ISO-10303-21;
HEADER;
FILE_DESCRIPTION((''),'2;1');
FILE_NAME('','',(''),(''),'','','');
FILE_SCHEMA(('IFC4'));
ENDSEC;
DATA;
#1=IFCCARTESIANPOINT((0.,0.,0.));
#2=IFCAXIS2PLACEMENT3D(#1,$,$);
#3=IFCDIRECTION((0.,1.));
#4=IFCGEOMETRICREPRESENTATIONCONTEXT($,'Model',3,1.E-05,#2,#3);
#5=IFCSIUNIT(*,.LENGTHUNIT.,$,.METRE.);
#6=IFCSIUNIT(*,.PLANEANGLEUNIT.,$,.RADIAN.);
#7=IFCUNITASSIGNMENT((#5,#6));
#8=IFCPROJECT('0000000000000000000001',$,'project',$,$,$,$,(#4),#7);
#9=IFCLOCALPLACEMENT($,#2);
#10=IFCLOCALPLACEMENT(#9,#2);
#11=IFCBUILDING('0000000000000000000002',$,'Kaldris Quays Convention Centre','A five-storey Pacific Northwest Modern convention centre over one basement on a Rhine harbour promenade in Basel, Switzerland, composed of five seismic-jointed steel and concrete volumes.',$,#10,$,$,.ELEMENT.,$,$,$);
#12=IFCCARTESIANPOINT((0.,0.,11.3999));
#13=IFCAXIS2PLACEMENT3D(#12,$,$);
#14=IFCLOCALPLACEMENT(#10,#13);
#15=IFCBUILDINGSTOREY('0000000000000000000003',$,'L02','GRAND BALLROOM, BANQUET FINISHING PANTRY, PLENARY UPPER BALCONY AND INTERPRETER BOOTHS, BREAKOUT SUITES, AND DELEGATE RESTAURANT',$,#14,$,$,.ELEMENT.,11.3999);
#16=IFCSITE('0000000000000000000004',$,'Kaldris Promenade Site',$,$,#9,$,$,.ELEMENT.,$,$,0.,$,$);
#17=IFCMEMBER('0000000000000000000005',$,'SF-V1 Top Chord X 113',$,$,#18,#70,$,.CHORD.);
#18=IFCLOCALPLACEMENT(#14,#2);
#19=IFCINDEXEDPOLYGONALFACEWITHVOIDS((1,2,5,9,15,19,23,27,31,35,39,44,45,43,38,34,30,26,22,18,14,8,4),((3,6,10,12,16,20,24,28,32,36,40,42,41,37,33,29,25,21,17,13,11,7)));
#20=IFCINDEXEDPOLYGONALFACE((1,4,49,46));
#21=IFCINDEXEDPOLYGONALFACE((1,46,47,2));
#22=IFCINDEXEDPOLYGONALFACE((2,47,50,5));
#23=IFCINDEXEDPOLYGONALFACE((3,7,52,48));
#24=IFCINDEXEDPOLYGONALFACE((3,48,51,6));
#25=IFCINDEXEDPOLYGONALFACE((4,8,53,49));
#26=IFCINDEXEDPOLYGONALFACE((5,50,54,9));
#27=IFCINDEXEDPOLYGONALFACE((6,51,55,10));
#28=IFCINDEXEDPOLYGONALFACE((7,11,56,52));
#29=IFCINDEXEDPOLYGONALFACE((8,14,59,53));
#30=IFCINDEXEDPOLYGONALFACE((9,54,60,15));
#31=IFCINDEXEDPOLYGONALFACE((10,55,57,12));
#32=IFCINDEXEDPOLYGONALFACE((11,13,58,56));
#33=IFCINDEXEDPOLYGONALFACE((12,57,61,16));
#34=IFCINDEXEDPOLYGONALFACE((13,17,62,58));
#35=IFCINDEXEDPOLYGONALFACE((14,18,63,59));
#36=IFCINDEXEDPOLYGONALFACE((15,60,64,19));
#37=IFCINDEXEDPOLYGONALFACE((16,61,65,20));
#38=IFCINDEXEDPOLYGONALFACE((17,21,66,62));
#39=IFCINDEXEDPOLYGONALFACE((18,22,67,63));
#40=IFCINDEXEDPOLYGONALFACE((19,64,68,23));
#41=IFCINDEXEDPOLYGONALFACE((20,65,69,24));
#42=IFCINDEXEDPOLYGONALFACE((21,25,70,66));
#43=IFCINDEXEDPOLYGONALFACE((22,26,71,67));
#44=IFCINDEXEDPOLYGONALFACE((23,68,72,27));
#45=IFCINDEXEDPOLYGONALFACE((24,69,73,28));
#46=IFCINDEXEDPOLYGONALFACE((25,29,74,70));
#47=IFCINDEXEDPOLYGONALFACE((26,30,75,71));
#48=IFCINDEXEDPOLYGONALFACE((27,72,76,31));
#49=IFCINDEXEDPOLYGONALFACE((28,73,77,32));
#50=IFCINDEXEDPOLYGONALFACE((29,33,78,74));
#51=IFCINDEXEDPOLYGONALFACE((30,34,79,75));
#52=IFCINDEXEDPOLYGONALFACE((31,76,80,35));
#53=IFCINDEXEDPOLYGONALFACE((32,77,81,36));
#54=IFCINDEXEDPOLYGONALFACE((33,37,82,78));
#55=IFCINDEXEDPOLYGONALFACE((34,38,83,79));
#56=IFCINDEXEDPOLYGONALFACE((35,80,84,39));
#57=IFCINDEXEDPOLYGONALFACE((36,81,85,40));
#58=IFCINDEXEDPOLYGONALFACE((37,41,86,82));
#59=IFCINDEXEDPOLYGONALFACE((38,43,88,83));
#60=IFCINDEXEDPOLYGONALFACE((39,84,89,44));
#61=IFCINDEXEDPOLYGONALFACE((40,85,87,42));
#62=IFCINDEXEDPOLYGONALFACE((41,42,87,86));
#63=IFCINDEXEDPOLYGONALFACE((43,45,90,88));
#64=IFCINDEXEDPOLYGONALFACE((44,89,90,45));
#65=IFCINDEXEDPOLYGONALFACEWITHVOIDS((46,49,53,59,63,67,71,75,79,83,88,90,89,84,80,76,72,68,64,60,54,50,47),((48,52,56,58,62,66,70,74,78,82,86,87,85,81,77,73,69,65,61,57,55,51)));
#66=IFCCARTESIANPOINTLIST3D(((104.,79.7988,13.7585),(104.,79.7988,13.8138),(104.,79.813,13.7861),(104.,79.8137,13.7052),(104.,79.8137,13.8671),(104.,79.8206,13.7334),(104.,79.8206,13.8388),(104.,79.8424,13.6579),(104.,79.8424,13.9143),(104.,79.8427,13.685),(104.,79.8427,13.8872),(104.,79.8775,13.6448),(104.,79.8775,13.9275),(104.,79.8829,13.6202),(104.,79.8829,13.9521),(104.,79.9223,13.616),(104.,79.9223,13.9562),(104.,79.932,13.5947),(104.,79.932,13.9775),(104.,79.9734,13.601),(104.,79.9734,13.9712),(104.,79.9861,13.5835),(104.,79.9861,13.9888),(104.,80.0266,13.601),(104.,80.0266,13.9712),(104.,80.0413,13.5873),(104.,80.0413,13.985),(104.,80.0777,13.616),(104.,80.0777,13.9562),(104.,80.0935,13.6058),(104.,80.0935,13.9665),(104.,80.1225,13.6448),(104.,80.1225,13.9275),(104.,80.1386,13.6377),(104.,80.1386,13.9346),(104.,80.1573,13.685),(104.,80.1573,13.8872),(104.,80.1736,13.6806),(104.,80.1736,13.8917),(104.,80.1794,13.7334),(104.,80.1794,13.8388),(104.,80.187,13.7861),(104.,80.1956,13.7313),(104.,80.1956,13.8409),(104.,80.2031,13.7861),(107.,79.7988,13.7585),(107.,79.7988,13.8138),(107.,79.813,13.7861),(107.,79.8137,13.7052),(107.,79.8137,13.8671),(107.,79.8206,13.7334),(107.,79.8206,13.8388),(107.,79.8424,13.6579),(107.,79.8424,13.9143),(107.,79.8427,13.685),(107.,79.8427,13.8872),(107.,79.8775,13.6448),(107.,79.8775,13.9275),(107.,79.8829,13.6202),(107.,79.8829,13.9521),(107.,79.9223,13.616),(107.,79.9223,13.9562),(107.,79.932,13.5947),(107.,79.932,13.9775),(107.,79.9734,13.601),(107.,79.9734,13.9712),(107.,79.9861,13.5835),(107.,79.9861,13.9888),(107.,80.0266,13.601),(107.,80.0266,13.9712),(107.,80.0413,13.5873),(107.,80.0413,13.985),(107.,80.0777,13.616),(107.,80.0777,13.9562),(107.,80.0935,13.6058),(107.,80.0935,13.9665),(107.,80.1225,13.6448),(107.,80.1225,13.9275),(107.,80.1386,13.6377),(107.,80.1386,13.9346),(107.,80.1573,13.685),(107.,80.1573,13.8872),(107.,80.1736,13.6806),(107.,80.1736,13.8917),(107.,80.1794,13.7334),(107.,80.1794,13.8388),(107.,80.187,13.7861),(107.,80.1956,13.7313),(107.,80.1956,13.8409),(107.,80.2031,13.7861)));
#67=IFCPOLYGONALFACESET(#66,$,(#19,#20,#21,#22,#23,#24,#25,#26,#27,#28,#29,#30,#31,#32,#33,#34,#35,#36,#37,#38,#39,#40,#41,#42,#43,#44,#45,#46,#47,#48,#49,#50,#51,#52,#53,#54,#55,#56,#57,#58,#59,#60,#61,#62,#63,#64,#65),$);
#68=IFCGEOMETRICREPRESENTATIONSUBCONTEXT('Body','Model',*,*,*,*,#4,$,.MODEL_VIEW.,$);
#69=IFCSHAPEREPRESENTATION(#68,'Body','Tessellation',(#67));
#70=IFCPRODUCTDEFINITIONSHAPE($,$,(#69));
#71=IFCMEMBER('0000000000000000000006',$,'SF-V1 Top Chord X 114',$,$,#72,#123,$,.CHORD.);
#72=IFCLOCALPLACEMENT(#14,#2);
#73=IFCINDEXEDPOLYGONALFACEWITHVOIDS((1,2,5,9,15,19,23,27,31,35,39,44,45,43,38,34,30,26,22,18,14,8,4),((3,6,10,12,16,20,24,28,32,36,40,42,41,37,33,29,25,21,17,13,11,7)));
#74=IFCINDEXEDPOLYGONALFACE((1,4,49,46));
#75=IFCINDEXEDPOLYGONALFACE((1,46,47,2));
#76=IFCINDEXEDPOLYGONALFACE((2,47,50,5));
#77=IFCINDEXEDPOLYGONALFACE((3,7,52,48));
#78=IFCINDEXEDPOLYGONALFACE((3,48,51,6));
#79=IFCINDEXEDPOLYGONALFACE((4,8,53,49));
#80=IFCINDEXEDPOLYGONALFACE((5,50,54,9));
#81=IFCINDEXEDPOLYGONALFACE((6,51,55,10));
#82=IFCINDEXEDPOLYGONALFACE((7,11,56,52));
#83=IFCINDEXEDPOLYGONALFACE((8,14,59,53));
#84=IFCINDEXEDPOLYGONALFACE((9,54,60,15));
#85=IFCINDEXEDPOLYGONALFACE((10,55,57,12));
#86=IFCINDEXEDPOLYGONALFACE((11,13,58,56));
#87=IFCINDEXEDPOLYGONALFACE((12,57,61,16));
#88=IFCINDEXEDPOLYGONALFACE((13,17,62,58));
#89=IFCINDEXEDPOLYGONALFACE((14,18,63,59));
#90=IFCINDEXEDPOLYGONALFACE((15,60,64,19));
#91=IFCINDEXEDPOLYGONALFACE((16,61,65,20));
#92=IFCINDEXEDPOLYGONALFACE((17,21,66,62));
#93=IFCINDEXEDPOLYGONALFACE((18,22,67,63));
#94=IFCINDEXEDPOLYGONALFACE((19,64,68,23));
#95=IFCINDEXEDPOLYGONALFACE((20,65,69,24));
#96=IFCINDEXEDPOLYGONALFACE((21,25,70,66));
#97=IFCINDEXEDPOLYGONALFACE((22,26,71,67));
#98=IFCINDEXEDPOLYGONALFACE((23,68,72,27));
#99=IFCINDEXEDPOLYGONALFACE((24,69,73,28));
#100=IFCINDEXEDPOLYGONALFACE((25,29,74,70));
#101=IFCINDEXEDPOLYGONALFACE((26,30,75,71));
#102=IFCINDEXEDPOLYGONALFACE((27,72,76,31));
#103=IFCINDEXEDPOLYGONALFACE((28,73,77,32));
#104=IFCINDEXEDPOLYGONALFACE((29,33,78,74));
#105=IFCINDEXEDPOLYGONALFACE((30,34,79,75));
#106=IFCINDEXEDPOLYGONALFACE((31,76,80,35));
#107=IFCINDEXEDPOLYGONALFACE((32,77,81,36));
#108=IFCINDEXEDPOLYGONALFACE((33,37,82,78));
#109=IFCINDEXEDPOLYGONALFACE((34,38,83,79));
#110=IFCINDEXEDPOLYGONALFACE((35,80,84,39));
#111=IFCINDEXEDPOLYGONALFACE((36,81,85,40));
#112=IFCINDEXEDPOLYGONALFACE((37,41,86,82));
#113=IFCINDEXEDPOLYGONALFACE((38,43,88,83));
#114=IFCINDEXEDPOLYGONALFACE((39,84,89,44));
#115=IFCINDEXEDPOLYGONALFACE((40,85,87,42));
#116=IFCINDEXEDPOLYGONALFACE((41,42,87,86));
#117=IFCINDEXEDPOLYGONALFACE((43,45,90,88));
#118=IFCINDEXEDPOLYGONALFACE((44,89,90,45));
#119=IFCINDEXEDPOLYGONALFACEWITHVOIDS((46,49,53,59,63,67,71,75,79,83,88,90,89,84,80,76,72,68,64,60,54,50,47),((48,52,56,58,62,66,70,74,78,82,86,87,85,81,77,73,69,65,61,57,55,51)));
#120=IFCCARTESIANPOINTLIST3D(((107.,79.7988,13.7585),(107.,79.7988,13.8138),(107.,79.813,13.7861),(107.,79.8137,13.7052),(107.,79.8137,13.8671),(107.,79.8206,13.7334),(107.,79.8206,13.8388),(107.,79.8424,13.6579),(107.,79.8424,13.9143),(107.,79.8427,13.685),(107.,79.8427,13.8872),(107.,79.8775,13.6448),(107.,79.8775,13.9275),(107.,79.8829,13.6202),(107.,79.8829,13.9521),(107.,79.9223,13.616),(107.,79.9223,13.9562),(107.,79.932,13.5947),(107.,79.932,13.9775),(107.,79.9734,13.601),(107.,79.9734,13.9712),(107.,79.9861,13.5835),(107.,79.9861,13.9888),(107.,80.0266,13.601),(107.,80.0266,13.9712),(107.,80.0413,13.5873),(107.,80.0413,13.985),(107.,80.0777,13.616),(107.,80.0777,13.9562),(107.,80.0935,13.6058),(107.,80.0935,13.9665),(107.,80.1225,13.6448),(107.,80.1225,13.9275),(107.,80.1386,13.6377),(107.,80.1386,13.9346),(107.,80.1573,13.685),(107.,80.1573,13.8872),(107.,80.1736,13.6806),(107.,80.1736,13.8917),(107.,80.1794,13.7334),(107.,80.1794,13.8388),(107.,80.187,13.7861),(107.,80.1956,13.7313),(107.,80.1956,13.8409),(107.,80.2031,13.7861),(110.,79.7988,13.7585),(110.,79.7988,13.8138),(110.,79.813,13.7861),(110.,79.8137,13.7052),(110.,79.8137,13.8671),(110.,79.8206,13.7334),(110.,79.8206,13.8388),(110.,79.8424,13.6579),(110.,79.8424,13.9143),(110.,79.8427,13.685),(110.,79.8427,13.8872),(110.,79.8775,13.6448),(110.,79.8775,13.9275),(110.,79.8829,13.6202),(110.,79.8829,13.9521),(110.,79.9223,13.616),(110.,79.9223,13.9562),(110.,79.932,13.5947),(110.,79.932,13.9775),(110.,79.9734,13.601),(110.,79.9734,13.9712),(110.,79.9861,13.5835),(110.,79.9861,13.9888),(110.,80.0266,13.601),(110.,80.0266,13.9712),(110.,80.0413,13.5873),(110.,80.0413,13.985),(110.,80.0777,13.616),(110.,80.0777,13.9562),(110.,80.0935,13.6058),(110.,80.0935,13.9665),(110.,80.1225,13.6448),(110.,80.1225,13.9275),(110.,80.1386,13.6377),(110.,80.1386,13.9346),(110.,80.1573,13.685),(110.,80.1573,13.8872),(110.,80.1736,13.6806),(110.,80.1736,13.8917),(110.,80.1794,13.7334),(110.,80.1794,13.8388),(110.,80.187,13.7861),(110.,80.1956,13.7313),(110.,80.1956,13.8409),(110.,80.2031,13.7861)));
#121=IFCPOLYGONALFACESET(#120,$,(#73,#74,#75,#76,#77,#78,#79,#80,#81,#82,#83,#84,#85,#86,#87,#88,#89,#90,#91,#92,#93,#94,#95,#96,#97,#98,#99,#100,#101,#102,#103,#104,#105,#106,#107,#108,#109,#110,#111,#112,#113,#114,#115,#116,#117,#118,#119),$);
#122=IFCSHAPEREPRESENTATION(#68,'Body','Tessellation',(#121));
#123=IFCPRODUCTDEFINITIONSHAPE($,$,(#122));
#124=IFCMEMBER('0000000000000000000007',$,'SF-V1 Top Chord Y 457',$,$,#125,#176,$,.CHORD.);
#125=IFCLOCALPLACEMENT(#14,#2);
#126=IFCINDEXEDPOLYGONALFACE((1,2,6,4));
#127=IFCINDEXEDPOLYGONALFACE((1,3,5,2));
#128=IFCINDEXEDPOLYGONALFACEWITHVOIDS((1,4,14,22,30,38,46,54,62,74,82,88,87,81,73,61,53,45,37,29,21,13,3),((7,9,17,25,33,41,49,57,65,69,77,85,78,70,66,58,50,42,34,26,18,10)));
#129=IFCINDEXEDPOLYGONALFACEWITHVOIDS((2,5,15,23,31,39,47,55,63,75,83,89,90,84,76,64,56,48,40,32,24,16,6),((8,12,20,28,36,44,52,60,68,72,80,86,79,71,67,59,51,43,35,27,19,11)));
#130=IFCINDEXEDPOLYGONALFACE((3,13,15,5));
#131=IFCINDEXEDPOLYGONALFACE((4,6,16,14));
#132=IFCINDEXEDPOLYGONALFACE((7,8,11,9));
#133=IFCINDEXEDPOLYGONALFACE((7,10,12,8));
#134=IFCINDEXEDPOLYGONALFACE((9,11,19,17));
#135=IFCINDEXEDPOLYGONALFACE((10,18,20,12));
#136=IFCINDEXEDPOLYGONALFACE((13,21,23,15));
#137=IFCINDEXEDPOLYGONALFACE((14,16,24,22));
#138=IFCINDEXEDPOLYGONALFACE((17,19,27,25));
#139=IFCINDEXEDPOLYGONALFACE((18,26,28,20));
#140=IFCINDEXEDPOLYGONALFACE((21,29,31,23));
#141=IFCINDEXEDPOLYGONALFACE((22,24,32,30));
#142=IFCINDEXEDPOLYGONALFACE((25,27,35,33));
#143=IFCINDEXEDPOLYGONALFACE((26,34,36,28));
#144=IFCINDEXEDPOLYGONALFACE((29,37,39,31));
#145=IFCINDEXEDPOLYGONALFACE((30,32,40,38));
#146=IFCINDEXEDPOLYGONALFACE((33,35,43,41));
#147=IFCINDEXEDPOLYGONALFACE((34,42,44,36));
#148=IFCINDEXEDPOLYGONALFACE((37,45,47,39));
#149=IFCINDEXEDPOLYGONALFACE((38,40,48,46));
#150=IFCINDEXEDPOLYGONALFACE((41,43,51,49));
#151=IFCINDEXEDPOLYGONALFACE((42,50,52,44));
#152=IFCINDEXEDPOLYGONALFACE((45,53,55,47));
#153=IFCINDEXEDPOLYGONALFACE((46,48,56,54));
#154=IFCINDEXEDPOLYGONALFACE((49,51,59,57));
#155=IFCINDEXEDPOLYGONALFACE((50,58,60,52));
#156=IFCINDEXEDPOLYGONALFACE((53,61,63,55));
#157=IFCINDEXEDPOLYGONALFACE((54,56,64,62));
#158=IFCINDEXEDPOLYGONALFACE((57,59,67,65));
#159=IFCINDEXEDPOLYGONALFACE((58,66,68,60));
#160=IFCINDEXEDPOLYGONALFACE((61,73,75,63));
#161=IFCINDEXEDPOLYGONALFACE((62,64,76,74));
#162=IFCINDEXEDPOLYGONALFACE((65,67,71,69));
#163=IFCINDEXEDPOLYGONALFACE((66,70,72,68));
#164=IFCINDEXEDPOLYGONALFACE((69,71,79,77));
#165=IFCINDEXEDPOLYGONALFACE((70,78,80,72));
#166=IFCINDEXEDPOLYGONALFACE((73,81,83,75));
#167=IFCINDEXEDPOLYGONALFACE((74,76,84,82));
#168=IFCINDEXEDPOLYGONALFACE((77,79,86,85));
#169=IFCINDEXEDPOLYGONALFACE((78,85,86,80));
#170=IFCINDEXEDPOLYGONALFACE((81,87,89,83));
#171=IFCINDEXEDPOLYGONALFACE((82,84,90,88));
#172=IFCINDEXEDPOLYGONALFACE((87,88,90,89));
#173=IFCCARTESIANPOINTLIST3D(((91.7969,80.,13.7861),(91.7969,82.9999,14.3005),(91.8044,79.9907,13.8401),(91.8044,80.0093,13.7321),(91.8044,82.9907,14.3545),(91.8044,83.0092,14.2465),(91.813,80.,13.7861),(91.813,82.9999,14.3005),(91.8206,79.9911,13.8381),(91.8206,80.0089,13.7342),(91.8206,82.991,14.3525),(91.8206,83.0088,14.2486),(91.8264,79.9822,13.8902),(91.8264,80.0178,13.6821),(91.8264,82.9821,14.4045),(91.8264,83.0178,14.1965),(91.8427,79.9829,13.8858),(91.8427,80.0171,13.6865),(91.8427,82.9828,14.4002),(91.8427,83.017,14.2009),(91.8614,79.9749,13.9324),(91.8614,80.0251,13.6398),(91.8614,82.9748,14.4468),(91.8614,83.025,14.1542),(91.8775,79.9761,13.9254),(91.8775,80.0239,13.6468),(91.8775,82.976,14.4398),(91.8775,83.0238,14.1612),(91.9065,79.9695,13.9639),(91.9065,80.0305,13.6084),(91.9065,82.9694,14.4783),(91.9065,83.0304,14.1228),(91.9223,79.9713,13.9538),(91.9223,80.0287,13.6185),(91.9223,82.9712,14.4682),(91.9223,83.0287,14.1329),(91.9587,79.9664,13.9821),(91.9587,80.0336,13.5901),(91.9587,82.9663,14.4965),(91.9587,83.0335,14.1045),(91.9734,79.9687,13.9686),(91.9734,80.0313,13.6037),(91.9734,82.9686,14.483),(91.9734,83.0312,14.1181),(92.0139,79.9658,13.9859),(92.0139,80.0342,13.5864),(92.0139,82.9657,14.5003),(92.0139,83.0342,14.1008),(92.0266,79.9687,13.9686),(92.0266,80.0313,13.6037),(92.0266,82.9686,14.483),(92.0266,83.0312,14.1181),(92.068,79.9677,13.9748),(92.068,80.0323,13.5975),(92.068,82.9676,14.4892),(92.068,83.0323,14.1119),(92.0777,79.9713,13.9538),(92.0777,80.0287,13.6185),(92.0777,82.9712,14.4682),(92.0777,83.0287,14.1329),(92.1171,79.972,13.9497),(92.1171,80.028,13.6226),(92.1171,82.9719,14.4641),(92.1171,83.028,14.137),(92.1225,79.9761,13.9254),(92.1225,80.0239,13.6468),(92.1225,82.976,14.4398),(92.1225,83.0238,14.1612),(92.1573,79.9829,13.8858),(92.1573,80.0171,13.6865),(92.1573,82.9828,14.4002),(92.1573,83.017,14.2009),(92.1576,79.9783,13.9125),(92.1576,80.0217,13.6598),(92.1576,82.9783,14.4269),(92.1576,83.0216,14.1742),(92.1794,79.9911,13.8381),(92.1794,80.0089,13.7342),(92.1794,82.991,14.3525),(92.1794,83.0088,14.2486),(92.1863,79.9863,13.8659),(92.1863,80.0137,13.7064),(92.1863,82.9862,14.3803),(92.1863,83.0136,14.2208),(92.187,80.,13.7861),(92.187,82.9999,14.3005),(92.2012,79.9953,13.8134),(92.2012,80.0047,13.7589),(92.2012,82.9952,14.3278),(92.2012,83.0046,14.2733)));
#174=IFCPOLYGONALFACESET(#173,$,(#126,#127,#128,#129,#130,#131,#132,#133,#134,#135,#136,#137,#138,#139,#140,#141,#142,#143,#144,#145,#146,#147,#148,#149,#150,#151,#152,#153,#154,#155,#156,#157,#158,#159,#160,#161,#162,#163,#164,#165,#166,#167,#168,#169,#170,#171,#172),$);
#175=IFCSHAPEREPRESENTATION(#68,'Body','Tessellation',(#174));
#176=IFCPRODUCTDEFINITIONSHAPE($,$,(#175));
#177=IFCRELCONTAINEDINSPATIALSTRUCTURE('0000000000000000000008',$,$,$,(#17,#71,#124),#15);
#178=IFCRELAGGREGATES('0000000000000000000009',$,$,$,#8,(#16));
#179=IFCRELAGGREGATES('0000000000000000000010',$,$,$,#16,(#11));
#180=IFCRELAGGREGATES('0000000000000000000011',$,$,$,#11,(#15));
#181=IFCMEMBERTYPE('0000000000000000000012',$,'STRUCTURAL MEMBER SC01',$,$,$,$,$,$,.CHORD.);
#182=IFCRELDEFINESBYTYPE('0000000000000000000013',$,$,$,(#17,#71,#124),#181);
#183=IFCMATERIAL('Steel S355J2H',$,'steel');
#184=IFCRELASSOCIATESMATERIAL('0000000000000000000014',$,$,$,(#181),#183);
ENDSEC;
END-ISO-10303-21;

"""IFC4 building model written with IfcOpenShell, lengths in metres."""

from ifc_helpers import new_model, si_unit, direction, frame, origin, origin_2d, place, context, subcontext, project, spatial, hollow_circle, extrude, material, material_profile, profile_set, type_object, element, save


model = new_model("IFC4")

# Units and contexts
model_context = context("Model", 3, precision=1e-05, world=origin(), true_north=direction((0.0, 1.0)))
body_context = subcontext(model_context, "Body", "Model", "MODEL_VIEW")
ifc_project = project(units=[si_unit("LENGTHUNIT", "METRE"), si_unit("PLANEANGLEUNIT", "RADIAN")], contexts=[model_context])

# Site, building, storey
site_placement = place(None, origin())
site = spatial("IfcSite", under=ifc_project, at=site_placement, Name="Kaldris Promenade Site", CompositionType="ELEMENT", RefElevation=0.0)
building_placement = place(site_placement, origin())
building = spatial("IfcBuilding", under=site, at=building_placement, Name="Kaldris Quays Convention Centre", Description="A five-storey Pacific Northwest Modern convention centre over one basement on a Rhine harbour promenade in Basel, Switzerland, composed of five seismic-jointed steel and concrete volumes.", CompositionType="ELEMENT")
storey_placement = place(building_placement, frame((0.0, 0.0, 11.3999)))
storey = spatial("IfcBuildingStorey", under=building, at=storey_placement, Name="L02", Description="GRAND BALLROOM, BANQUET FINISHING PANTRY, PLENARY UPPER BALCONY AND INTERPRETER BOOTHS, BREAKOUT SUITES, AND DELEGATE RESTAURANT", CompositionType="ELEMENT", Elevation=11.3999)

# Members
ifc_material = material(Name="Steel S355J2H", Category="steel")
ifc_material_profile_1 = material_profile(ifc_material, hollow_circle(Radius=0.2031, WallThickness=0.0161, at=origin_2d()), Name="CHS 406.4x16")
ifc_profile_set_1 = profile_set([ifc_material_profile_1], Name="Steel S355J2H")
member_type_1 = type_object("IfcMemberType", Name="STRUCTURAL MEMBER SC01", PredefinedType="CHORD", material=ifc_profile_set_1)
for number, where, z_axis, x_axis, name in (
    (1, (104.0, 80.0, 13.7861), (1.0, 0.0, 0.0), (0.0, 1.0, 0.0), "SF-V1 Top Chord X 113"),
    (2, (107.0, 80.0, 13.7861), (1.0, 0.0, 0.0), (0.0, 1.0, 0.0), "SF-V1 Top Chord X 114"),
):
    element("IfcMember", number, at=place(storey_placement, frame(where, z_axis=z_axis, x_axis=x_axis)), inside=storey, type_object=member_type_1, Name=name, PredefinedType="CHORD", context=body_context, shape_type="SweptSolid", body=[
        extrude(hollow_circle(Radius=0.2031, WallThickness=0.0161, at=origin_2d()), origin(), (0.0, 0.0, 1.0), 3.0),
    ])
for number, where, z_axis, x_axis, name in (
    (3, (92.0, 80.0, 13.7861), (0.0, 0.985616, 0.169002), (-1.0, 0.0, 0.0), "SF-V1 Top Chord Y 457"),
):
    element("IfcMember", number, at=place(storey_placement, frame(where, z_axis=z_axis, x_axis=x_axis)), inside=storey, type_object=member_type_1, Name=name, PredefinedType="CHORD", context=body_context, shape_type="SweptSolid", body=[
        extrude(hollow_circle(Radius=0.2031, WallThickness=0.0161, at=origin_2d()), origin(), (0.0, 0.0, 1.0), 3.0437),
    ])

save(model, "model.ifc")
